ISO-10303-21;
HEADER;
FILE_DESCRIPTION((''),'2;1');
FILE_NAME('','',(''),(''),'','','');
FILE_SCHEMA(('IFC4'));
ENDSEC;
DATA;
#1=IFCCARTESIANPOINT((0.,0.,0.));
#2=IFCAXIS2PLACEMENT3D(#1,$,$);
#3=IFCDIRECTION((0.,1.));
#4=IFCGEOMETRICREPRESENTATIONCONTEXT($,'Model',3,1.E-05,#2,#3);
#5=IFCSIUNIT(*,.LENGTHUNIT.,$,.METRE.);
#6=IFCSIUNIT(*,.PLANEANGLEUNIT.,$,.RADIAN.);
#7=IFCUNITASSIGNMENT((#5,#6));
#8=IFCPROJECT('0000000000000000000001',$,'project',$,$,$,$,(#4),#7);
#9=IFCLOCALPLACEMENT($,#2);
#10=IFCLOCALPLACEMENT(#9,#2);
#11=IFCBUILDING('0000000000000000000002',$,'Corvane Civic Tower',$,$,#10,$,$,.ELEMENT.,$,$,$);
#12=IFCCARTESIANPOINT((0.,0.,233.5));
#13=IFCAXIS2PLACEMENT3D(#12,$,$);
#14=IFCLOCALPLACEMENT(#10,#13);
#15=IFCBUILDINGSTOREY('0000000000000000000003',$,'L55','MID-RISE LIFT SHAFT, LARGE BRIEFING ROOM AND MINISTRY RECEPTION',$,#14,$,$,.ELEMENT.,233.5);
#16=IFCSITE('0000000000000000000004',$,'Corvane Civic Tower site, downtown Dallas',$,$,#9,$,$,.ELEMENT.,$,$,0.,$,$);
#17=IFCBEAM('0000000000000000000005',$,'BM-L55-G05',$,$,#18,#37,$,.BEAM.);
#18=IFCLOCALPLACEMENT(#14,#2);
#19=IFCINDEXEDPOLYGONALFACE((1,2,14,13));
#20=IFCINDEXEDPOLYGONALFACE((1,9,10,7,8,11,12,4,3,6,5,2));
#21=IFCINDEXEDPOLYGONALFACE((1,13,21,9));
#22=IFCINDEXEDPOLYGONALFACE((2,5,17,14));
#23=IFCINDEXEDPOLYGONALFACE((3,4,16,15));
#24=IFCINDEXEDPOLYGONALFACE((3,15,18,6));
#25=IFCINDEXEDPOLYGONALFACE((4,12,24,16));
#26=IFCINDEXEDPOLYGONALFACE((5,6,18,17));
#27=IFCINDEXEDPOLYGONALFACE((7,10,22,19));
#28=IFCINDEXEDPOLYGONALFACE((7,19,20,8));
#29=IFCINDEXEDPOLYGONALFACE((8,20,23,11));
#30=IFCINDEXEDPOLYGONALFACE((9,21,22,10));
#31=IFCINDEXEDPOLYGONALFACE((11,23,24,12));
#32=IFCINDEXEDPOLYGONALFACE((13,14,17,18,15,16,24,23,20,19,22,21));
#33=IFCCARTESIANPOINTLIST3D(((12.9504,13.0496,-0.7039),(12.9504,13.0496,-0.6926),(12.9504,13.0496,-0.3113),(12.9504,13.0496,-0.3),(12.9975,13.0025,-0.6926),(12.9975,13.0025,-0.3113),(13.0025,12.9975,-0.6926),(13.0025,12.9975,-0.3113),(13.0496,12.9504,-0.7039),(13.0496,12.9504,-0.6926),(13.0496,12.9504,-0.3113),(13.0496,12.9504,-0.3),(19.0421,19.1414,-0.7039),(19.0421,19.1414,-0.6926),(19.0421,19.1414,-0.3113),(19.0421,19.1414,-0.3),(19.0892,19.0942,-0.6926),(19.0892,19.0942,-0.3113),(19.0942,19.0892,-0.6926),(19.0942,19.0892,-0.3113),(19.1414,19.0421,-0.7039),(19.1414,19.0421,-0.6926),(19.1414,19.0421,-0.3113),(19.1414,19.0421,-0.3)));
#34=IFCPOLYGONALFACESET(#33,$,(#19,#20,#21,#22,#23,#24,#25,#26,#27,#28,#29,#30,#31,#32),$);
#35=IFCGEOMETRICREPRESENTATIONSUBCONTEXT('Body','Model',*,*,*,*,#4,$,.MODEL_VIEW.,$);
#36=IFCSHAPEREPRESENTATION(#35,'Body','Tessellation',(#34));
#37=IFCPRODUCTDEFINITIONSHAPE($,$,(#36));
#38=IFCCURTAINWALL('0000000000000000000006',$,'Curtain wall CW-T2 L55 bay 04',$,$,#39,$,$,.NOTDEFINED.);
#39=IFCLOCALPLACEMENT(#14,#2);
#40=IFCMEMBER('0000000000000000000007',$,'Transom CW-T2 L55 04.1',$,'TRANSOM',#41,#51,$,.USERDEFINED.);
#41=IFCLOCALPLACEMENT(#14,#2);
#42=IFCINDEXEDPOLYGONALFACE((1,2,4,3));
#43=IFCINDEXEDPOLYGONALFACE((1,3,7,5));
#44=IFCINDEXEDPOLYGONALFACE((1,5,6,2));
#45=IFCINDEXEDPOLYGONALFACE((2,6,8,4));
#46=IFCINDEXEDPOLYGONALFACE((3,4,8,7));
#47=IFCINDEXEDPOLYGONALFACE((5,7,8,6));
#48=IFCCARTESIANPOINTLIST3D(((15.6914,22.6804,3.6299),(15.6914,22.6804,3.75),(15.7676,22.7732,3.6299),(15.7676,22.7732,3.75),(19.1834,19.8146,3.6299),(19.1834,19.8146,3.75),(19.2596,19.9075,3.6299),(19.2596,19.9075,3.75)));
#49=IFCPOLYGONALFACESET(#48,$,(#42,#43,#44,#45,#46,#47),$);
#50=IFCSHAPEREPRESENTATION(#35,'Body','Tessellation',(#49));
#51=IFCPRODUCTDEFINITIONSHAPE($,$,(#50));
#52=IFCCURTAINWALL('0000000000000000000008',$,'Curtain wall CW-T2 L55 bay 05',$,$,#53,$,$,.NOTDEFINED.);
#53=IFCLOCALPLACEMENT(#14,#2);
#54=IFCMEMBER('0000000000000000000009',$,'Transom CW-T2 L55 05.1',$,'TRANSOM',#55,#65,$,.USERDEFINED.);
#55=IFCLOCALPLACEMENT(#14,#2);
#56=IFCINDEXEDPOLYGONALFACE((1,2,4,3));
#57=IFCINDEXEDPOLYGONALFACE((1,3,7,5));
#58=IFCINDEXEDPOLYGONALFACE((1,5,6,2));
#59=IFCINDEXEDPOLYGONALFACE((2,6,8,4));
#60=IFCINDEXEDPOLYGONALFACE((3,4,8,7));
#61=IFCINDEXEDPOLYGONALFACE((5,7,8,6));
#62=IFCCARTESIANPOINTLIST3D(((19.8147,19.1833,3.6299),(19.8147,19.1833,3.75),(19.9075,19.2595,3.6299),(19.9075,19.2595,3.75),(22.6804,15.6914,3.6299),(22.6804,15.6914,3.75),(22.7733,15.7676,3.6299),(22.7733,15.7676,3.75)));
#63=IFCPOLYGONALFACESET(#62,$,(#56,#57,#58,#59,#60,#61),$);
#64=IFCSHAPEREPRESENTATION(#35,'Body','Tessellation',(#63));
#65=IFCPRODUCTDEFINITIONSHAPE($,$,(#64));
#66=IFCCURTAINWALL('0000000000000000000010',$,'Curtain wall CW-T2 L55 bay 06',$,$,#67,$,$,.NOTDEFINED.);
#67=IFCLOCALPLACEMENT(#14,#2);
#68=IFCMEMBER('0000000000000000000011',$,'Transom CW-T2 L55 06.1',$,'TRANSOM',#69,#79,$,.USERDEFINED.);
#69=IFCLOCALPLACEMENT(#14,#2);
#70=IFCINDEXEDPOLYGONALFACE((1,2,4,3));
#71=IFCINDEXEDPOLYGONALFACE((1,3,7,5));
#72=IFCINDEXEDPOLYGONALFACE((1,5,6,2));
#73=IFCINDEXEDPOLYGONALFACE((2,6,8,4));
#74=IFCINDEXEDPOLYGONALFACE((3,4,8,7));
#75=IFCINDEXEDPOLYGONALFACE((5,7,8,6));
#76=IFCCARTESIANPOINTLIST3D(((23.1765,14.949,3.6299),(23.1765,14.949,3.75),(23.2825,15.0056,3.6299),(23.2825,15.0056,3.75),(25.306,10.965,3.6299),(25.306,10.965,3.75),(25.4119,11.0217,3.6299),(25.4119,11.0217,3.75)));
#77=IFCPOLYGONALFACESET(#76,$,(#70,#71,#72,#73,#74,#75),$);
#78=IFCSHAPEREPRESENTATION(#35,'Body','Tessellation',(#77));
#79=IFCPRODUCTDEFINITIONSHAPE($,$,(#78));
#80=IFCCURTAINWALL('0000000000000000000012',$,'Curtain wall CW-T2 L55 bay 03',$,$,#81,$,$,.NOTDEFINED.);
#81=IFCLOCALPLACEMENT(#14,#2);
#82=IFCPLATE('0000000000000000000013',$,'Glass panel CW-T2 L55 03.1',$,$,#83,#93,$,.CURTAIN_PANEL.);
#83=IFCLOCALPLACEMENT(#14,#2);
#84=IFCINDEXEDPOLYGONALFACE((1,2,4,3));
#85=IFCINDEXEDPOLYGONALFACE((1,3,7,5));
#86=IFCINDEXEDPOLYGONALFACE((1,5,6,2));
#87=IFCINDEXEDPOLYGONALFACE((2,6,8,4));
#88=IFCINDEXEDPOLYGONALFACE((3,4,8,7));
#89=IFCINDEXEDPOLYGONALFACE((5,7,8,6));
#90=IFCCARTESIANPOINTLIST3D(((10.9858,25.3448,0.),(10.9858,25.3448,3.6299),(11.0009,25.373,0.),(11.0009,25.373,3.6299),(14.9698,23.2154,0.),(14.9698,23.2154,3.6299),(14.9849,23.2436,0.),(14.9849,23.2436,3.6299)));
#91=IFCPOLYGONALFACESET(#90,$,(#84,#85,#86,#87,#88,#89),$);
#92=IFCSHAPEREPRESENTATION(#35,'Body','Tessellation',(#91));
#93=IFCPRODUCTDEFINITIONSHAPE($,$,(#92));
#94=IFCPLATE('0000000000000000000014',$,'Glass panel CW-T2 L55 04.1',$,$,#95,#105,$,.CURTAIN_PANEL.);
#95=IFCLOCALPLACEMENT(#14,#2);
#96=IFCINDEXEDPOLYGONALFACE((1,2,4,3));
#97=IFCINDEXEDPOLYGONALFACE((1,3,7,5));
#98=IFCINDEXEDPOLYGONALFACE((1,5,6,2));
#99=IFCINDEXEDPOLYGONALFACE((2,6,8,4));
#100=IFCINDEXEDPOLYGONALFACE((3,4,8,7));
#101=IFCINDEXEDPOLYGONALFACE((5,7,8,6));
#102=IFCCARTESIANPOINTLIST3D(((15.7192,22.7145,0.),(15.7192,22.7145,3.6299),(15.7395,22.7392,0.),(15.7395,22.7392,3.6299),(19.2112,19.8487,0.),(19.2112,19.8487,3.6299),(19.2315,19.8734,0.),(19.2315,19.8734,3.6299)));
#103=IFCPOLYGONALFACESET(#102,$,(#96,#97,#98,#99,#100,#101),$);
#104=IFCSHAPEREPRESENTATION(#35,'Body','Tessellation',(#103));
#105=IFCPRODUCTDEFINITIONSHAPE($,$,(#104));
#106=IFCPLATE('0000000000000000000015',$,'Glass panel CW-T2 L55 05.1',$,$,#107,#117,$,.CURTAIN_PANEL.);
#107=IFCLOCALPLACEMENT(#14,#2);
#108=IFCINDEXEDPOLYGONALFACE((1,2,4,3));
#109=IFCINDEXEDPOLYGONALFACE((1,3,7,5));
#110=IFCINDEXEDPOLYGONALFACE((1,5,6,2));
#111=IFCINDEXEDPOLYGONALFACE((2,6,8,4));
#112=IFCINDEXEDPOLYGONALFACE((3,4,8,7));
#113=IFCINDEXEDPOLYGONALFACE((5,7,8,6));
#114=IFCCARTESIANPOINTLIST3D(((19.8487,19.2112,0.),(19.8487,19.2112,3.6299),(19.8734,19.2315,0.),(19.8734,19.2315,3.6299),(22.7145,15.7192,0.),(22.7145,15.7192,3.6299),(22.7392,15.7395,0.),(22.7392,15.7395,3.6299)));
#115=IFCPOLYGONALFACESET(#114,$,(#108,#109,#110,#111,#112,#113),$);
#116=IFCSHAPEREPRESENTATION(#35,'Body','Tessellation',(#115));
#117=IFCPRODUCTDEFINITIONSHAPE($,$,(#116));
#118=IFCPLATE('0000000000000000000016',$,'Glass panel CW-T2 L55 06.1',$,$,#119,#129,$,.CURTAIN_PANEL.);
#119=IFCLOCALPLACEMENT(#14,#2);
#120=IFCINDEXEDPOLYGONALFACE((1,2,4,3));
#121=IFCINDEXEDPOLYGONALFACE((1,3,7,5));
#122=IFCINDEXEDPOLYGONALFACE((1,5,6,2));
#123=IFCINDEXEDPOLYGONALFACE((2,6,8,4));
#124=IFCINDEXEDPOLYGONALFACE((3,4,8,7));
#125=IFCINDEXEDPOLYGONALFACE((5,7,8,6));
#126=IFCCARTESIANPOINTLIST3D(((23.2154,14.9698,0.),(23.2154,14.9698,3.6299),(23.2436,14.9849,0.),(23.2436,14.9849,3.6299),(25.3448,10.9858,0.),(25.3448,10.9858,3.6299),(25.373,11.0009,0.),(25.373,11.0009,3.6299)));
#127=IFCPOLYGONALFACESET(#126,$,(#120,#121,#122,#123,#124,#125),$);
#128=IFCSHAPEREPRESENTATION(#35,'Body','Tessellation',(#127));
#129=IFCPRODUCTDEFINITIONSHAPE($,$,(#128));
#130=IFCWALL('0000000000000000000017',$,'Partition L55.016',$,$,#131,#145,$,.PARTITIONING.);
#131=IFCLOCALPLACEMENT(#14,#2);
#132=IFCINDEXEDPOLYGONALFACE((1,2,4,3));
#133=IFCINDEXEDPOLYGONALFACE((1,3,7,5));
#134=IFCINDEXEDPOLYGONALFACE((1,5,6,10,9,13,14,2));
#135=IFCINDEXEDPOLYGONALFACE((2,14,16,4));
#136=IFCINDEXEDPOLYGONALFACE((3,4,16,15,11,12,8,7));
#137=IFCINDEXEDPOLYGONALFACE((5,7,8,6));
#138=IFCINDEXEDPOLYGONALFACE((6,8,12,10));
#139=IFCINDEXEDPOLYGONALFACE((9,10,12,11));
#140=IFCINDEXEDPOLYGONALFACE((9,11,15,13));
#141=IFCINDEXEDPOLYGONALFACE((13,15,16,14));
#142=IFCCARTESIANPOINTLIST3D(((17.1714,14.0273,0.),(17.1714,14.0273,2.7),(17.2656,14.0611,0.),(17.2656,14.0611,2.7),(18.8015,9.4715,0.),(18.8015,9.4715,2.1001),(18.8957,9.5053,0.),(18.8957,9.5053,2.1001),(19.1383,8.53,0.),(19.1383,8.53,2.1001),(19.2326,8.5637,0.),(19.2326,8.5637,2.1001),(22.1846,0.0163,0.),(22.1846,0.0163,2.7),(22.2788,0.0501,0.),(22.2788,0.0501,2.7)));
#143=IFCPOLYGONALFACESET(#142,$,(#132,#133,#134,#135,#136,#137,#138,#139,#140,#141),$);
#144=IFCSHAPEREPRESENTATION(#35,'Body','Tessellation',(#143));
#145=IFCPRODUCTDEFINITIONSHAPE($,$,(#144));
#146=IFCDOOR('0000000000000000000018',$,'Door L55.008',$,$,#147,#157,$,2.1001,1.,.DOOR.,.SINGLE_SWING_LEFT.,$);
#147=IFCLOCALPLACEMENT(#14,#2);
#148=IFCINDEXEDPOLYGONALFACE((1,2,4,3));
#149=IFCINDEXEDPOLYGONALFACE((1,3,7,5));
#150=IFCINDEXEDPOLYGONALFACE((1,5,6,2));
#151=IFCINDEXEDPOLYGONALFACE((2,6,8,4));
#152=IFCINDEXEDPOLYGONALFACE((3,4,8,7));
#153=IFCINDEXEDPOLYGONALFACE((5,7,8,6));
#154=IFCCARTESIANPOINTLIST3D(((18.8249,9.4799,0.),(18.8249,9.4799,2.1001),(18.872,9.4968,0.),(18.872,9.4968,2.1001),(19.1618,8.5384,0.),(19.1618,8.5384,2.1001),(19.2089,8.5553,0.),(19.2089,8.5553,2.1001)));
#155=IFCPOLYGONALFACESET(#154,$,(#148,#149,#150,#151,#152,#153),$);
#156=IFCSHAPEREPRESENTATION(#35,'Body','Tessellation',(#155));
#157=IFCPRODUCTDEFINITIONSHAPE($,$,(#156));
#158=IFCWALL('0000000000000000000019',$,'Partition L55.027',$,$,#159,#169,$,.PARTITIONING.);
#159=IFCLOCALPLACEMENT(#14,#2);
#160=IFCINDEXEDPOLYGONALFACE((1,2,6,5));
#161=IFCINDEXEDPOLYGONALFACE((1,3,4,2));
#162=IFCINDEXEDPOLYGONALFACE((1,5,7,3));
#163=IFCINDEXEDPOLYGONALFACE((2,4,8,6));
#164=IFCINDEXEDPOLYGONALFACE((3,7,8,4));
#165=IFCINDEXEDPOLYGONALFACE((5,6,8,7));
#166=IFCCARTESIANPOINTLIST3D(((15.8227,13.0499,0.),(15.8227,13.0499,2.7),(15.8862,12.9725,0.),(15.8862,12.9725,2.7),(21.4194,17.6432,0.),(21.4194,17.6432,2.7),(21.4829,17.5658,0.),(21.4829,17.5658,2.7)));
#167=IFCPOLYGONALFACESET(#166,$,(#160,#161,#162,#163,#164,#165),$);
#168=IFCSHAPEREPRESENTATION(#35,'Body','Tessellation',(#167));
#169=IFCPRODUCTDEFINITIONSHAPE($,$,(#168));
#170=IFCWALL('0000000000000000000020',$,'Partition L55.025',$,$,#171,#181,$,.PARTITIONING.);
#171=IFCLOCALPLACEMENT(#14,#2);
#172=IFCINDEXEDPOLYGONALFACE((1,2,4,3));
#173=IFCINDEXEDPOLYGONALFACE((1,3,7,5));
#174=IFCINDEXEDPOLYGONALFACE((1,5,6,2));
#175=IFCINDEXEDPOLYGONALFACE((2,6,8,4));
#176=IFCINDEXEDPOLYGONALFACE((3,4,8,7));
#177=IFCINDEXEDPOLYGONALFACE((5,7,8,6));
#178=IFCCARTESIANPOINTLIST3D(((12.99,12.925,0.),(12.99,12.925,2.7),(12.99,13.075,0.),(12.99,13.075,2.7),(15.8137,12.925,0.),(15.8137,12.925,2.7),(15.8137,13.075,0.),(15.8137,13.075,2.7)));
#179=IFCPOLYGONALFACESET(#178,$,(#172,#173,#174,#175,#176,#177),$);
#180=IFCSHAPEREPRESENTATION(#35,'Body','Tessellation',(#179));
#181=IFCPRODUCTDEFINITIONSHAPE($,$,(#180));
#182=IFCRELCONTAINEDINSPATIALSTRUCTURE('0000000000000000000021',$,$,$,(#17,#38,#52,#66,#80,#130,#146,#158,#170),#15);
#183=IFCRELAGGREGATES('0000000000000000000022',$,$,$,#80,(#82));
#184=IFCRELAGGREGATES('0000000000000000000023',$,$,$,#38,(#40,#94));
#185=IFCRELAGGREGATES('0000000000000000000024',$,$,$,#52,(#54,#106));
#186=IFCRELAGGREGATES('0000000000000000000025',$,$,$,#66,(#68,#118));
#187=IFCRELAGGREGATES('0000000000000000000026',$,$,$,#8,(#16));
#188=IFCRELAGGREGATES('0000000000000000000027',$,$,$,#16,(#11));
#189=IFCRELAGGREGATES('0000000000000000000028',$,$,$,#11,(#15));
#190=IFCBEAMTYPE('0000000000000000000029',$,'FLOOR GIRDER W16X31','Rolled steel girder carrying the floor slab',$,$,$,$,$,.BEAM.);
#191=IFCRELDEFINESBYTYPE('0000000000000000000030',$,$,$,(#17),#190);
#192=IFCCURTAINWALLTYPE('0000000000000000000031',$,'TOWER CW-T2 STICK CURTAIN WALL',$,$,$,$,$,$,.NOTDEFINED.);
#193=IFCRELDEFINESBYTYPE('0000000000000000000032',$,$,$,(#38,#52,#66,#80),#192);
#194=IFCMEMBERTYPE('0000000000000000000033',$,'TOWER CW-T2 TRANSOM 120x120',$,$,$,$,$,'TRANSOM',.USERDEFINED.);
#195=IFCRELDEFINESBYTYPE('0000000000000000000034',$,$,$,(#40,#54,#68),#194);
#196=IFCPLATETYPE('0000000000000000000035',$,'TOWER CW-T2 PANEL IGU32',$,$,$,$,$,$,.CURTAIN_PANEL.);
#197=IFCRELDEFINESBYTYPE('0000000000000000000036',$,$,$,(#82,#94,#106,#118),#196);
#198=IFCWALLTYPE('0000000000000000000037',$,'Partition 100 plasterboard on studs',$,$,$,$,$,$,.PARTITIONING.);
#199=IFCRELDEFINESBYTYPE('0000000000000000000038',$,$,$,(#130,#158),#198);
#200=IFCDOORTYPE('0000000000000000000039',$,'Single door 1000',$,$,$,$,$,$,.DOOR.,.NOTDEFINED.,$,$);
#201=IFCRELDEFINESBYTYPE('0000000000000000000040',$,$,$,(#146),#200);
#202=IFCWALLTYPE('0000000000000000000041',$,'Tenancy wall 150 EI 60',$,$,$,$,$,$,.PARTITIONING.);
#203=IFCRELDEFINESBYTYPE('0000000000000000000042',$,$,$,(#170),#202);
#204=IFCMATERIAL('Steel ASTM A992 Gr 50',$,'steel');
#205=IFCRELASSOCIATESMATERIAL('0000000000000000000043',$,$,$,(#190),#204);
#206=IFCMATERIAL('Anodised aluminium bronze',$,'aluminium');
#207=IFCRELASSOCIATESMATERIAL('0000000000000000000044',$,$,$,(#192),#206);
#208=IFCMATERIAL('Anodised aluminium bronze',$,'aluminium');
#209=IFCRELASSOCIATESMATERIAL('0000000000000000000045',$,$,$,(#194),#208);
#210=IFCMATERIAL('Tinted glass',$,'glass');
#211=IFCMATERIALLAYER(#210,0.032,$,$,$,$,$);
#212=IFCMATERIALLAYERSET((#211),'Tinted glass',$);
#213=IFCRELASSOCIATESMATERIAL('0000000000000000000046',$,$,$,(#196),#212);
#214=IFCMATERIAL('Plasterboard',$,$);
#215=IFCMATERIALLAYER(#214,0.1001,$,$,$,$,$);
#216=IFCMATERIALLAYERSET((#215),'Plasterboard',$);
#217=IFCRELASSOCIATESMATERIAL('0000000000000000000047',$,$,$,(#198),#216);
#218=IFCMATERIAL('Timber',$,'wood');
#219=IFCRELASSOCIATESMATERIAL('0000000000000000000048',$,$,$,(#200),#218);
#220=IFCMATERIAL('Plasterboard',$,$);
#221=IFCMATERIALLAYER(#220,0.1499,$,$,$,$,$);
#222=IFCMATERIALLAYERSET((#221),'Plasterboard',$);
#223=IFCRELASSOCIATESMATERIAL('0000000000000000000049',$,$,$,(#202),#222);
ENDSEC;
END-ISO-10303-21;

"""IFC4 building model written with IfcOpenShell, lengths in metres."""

from ifc_helpers import new_model, si_unit, direction, frame, frame_2d, origin, origin_2d, place, context, subcontext, project, spatial, rectangle, i_section, extrude, material, layer, layer_set, material_profile, profile_set, type_object, element, fill, aggregate, save


model = new_model("IFC4")

# Units and contexts
model_context = context("Model", 3, precision=1e-05, world=origin(), true_north=direction((0.0, 1.0)))
body_context = subcontext(model_context, "Body", "Model", "MODEL_VIEW")
ifc_project = project(units=[si_unit("LENGTHUNIT", "METRE"), si_unit("PLANEANGLEUNIT", "RADIAN")], contexts=[model_context])

# Site, building, storey
site_placement = place(None, origin())
site = spatial("IfcSite", under=ifc_project, at=site_placement, Name="Corvane Civic Tower site, downtown Dallas", CompositionType="ELEMENT", RefElevation=0.0)
building_placement = place(site_placement, origin())
building = spatial("IfcBuilding", under=site, at=building_placement, Name="Corvane Civic Tower", CompositionType="ELEMENT")
storey_placement = place(building_placement, frame((0.0, 0.0, 233.5)))
storey = spatial("IfcBuildingStorey", under=building, at=storey_placement, Name="L55", Description="MID-RISE LIFT SHAFT, LARGE BRIEFING ROOM AND MINISTRY RECEPTION", CompositionType="ELEMENT", Elevation=233.5)

# Beam
ifc_material_1 = material(Name="Steel ASTM A992 Gr 50", Category="steel")
ifc_material_profile_1 = material_profile(ifc_material_1, i_section(OverallWidth=0.1404, OverallDepth=0.4038, WebThickness=0.0071, FlangeThickness=0.0112, at=origin_2d()), Name="W16X31")
ifc_profile_set_1 = profile_set([ifc_material_profile_1], Name="Steel ASTM A992 Gr 50")
beam_type_1 = type_object("IfcBeamType", Name="FLOOR GIRDER W16X31", Description="Rolled steel girder carrying the floor slab", PredefinedType="BEAM", material=ifc_profile_set_1)
beam_placement = place(storey_placement, frame((13.0, 13.0, -0.502), z_axis=(0.707107, 0.707107, 0.0), x_axis=(-0.707107, 0.707107, 0.0)))
element("IfcBeam", 1, at=beam_placement, inside=storey, type_object=beam_type_1, Name="BM-L55-G05", PredefinedType="BEAM", context=body_context, shape_type="SweptSolid", body=[
    extrude(i_section(OverallWidth=0.1404, OverallDepth=0.4038, WebThickness=0.0071, FlangeThickness=0.0112, at=origin_2d()), origin(), (0.0, 0.0, 1.0), 8.615),
])

# Curtain walls, members
ifc_material_2 = material(Name="Anodised aluminium bronze", Category="aluminium")
curtain_wall_type = type_object("IfcCurtainWallType", Name="TOWER CW-T2 STICK CURTAIN WALL", PredefinedType="NOTDEFINED", material=ifc_material_2)
curtain_wall_1_placement = place(storey_placement, origin())
curtain_wall_1 = element("IfcCurtainWall", 2, at=curtain_wall_1_placement, inside=storey, type_object=curtain_wall_type, Name="Curtain wall CW-T2 L55 bay 04", PredefinedType="NOTDEFINED")
ifc_material_3 = material(Name="Anodised aluminium bronze", Category="aluminium")
ifc_material_profile_2 = material_profile(ifc_material_3, rectangle(XDim=0.1201, YDim=0.1201, at=origin_2d()), Name="TOWER CW-T2 TRANSOM 120x120")
ifc_profile_set_2 = profile_set([ifc_material_profile_2], Name="Anodised aluminium bronze")
member_type = type_object("IfcMemberType", Name="TOWER CW-T2 TRANSOM 120x120", ElementType="TRANSOM", PredefinedType="USERDEFINED", material=ifc_profile_set_2)
member_1_placement = place(storey_placement, frame((15.7295, 22.7268, 3.6899), z_axis=(0.773015, -0.634388, 0.0), x_axis=(0.634388, 0.773015, 0.0)))
member_1 = element("IfcMember", 3, at=member_1_placement, type_object=member_type, Name="Transom CW-T2 L55 04.1", ObjectType="TRANSOM", PredefinedType="USERDEFINED", context=body_context, shape_type="SweptSolid", body=[
    extrude(rectangle(XDim=0.1201, YDim=0.1201, at=origin_2d()), origin(), (0.0, 0.0, 1.0), 4.5173),
])
curtain_wall_2_placement = place(storey_placement, origin())
curtain_wall_2 = element("IfcCurtainWall", 4, at=curtain_wall_2_placement, inside=storey, type_object=curtain_wall_type, Name="Curtain wall CW-T2 L55 bay 05", PredefinedType="NOTDEFINED")
member_2_placement = place(storey_placement, frame((19.8611, 19.2214, 3.6899), z_axis=(0.634388, -0.773015, 0.0), x_axis=(0.773015, 0.634388, 0.0)))
member_2 = element("IfcMember", 5, at=member_2_placement, type_object=member_type, Name="Transom CW-T2 L55 05.1", ObjectType="TRANSOM", PredefinedType="USERDEFINED", context=body_context, shape_type="SweptSolid", body=[
    extrude(rectangle(XDim=0.1201, YDim=0.1201, at=origin_2d()), origin(), (0.0, 0.0, 1.0), 4.5173),
])
curtain_wall_3_placement = place(storey_placement, origin())
curtain_wall_3 = element("IfcCurtainWall", 6, at=curtain_wall_3_placement, inside=storey, type_object=curtain_wall_type, Name="Curtain wall CW-T2 L55 bay 06", PredefinedType="NOTDEFINED")
member_3_placement = place(storey_placement, frame((23.2295, 14.9773, 3.6899), z_axis=(0.47139, -0.881925, 0.0), x_axis=(0.881925, 0.47139, 0.0)))
member_3 = element("IfcMember", 7, at=member_3_placement, type_object=member_type, Name="Transom CW-T2 L55 06.1", ObjectType="TRANSOM", PredefinedType="USERDEFINED", context=body_context, shape_type="SweptSolid", body=[
    extrude(rectangle(XDim=0.1201, YDim=0.1201, at=origin_2d()), origin(), (0.0, 0.0, 1.0), 4.5173),
])

# Curtain wall, plate
curtain_wall_4_placement = place(storey_placement, origin())
curtain_wall_4 = element("IfcCurtainWall", 8, at=curtain_wall_4_placement, inside=storey, type_object=curtain_wall_type, Name="Curtain wall CW-T2 L55 bay 03", PredefinedType="NOTDEFINED")
ifc_material_4 = material(Name="Tinted glass", Category="glass")
ifc_layer_1 = layer(ifc_material_4, 0.032)
ifc_layer_set_1 = layer_set([ifc_layer_1], Name="Tinted glass")
plate_type = type_object("IfcPlateType", Name="TOWER CW-T2 PANEL IGU32", PredefinedType="CURTAIN_PANEL", material=ifc_layer_set_1)
plate_1_placement = place(storey_placement, frame((12.9854, 24.2942, 0.0), z_axis=(0.0, 0.0, 1.0), x_axis=(0.88192, -0.471398, 0.0)))
plate_1 = element("IfcPlate", 9, at=plate_1_placement, type_object=plate_type, Name="Glass panel CW-T2 L55 03.1", PredefinedType="CURTAIN_PANEL", context=body_context, shape_type="SweptSolid", body=[
    extrude(rectangle(XDim=4.5173, YDim=0.032, at=origin_2d()), origin(), (0.0, 0.0, 1.0), 3.6299),
])
aggregate(curtain_wall_4, [plate_1])

# Plates
plate_2_placement = place(storey_placement, frame((17.4753, 21.2939, 0.0), z_axis=(0.0, 0.0, 1.0), x_axis=(0.773012, -0.634391, 0.0)))
plate_2 = element("IfcPlate", 10, at=plate_2_placement, type_object=plate_type, Name="Glass panel CW-T2 L55 04.1", PredefinedType="CURTAIN_PANEL", context=body_context, shape_type="SweptSolid", body=[
    extrude(rectangle(XDim=4.5173, YDim=0.032, at=origin_2d()), origin(), (0.0, 0.0, 1.0), 3.6299),
])
aggregate(curtain_wall_1, [member_1, plate_2])
plate_3_placement = place(storey_placement, frame((21.2939, 17.4753, 0.0), z_axis=(0.0, 0.0, 1.0), x_axis=(0.634391, -0.773012, 0.0)))
plate_3 = element("IfcPlate", 11, at=plate_3_placement, type_object=plate_type, Name="Glass panel CW-T2 L55 05.1", PredefinedType="CURTAIN_PANEL", context=body_context, shape_type="SweptSolid", body=[
    extrude(rectangle(XDim=4.5173, YDim=0.032, at=origin_2d()), origin(), (0.0, 0.0, 1.0), 3.6299),
])
aggregate(curtain_wall_2, [member_2, plate_3])
plate_4_placement = place(storey_placement, frame((24.2942, 12.9854, 0.0), z_axis=(0.0, 0.0, 1.0), x_axis=(0.471398, -0.88192, 0.0)))
plate_4 = element("IfcPlate", 12, at=plate_4_placement, type_object=plate_type, Name="Glass panel CW-T2 L55 06.1", PredefinedType="CURTAIN_PANEL", context=body_context, shape_type="SweptSolid", body=[
    extrude(rectangle(XDim=4.5173, YDim=0.032, at=origin_2d()), origin(), (0.0, 0.0, 1.0), 3.6299),
])
aggregate(curtain_wall_3, [member_3, plate_4])

# Wall, opening, door
ifc_material_5 = material(Name="Plasterboard")
ifc_layer_2 = layer(ifc_material_5, 0.1001)
ifc_layer_set_2 = layer_set([ifc_layer_2], Name="Plasterboard")
wall_type_1 = type_object("IfcWallType", Name="Partition 100 plasterboard on studs", PredefinedType="PARTITIONING", material=ifc_layer_set_2)
wall_1_placement = place(storey_placement, frame((17.2185, 14.0442, 0.0), z_axis=(0.0, 0.0, 1.0), x_axis=(0.336888, -0.941545, 0.0)))
wall_1 = element("IfcWall", 13, at=wall_1_placement, inside=storey, type_object=wall_type_1, Name="Partition L55.016", PredefinedType="PARTITIONING", context=body_context, shape_type="SweptSolid", body=[
    extrude(rectangle(XDim=14.8809, YDim=0.1001, at=frame_2d((7.4404, 0.0))), origin(), (0.0, 0.0, 1.0), 2.7),
])
opening_placement = place(wall_1_placement, frame((4.8386, 0.0, 0.0)))
opening = element("IfcOpeningElement", 14, at=opening_placement, cuts=wall_1, PredefinedType="OPENING", context=body_context, shape_type="SweptSolid", body=[
    extrude(rectangle(XDim=1.0, YDim=2.1001, at=frame_2d((0.5, 1.05))), frame((0.0, 0.0601, 0.0), z_axis=(0.0, -1.0, 0.0), x_axis=(1.0, 0.0, 0.0)), (0.0, 0.0, 1.0), 0.1201),
])
ifc_material_6 = material(Name="Timber", Category="wood")
door_type = type_object("IfcDoorType", Name="Single door 1000", OperationType="NOTDEFINED", PredefinedType="DOOR", material=ifc_material_6)
door_placement = place(opening_placement, origin())
door = element("IfcDoor", 15, at=door_placement, inside=storey, type_object=door_type, Name="Door L55.008", OperationType="SINGLE_SWING_LEFT", OverallHeight=2.1001, OverallWidth=1.0, PredefinedType="DOOR", context=body_context, shape_type="SweptSolid", body=[
    extrude(rectangle(XDim=1.0, YDim=2.1001, at=frame_2d((0.5, 1.05))), frame((0.0, 0.0249, 0.0), z_axis=(0.0, -1.0, 0.0), x_axis=(1.0, 0.0, 0.0)), (0.0, 0.0, 1.0), 0.05),
])
fill(opening, door)

# Walls
wall_2_placement = place(storey_placement, frame((15.8545, 13.0112, 0.0), z_axis=(0.0, 0.0, 1.0), x_axis=(0.772998, 0.634409, 0.0)))
element("IfcWall", 16, at=wall_2_placement, inside=storey, type_object=wall_type_1, Name="Partition L55.027", PredefinedType="PARTITIONING", context=body_context, shape_type="SweptSolid", body=[
    extrude(rectangle(XDim=7.2402, YDim=0.1001, at=frame_2d((3.6201, 0.0))), origin(), (0.0, 0.0, 1.0), 2.7),
])
ifc_material_7 = material(Name="Plasterboard")
ifc_layer_3 = layer(ifc_material_7, 0.1499)
ifc_layer_set_3 = layer_set([ifc_layer_3], Name="Plasterboard")
wall_type_2 = type_object("IfcWallType", Name="Tenancy wall 150 EI 60", PredefinedType="PARTITIONING", material=ifc_layer_set_3)
wall_3_placement = place(storey_placement, frame((12.99, 13.0, 0.0), z_axis=(0.0, 0.0, 1.0), x_axis=(1.0, 0.0, 0.0)))
element("IfcWall", 17, at=wall_3_placement, inside=storey, type_object=wall_type_2, Name="Partition L55.025", PredefinedType="PARTITIONING", context=body_context, shape_type="SweptSolid", body=[
    extrude(rectangle(XDim=2.8237, YDim=0.1499, at=frame_2d((1.4119, 0.0))), origin(), (0.0, 0.0, 1.0), 2.7),
])

save(model, "model.ifc")
